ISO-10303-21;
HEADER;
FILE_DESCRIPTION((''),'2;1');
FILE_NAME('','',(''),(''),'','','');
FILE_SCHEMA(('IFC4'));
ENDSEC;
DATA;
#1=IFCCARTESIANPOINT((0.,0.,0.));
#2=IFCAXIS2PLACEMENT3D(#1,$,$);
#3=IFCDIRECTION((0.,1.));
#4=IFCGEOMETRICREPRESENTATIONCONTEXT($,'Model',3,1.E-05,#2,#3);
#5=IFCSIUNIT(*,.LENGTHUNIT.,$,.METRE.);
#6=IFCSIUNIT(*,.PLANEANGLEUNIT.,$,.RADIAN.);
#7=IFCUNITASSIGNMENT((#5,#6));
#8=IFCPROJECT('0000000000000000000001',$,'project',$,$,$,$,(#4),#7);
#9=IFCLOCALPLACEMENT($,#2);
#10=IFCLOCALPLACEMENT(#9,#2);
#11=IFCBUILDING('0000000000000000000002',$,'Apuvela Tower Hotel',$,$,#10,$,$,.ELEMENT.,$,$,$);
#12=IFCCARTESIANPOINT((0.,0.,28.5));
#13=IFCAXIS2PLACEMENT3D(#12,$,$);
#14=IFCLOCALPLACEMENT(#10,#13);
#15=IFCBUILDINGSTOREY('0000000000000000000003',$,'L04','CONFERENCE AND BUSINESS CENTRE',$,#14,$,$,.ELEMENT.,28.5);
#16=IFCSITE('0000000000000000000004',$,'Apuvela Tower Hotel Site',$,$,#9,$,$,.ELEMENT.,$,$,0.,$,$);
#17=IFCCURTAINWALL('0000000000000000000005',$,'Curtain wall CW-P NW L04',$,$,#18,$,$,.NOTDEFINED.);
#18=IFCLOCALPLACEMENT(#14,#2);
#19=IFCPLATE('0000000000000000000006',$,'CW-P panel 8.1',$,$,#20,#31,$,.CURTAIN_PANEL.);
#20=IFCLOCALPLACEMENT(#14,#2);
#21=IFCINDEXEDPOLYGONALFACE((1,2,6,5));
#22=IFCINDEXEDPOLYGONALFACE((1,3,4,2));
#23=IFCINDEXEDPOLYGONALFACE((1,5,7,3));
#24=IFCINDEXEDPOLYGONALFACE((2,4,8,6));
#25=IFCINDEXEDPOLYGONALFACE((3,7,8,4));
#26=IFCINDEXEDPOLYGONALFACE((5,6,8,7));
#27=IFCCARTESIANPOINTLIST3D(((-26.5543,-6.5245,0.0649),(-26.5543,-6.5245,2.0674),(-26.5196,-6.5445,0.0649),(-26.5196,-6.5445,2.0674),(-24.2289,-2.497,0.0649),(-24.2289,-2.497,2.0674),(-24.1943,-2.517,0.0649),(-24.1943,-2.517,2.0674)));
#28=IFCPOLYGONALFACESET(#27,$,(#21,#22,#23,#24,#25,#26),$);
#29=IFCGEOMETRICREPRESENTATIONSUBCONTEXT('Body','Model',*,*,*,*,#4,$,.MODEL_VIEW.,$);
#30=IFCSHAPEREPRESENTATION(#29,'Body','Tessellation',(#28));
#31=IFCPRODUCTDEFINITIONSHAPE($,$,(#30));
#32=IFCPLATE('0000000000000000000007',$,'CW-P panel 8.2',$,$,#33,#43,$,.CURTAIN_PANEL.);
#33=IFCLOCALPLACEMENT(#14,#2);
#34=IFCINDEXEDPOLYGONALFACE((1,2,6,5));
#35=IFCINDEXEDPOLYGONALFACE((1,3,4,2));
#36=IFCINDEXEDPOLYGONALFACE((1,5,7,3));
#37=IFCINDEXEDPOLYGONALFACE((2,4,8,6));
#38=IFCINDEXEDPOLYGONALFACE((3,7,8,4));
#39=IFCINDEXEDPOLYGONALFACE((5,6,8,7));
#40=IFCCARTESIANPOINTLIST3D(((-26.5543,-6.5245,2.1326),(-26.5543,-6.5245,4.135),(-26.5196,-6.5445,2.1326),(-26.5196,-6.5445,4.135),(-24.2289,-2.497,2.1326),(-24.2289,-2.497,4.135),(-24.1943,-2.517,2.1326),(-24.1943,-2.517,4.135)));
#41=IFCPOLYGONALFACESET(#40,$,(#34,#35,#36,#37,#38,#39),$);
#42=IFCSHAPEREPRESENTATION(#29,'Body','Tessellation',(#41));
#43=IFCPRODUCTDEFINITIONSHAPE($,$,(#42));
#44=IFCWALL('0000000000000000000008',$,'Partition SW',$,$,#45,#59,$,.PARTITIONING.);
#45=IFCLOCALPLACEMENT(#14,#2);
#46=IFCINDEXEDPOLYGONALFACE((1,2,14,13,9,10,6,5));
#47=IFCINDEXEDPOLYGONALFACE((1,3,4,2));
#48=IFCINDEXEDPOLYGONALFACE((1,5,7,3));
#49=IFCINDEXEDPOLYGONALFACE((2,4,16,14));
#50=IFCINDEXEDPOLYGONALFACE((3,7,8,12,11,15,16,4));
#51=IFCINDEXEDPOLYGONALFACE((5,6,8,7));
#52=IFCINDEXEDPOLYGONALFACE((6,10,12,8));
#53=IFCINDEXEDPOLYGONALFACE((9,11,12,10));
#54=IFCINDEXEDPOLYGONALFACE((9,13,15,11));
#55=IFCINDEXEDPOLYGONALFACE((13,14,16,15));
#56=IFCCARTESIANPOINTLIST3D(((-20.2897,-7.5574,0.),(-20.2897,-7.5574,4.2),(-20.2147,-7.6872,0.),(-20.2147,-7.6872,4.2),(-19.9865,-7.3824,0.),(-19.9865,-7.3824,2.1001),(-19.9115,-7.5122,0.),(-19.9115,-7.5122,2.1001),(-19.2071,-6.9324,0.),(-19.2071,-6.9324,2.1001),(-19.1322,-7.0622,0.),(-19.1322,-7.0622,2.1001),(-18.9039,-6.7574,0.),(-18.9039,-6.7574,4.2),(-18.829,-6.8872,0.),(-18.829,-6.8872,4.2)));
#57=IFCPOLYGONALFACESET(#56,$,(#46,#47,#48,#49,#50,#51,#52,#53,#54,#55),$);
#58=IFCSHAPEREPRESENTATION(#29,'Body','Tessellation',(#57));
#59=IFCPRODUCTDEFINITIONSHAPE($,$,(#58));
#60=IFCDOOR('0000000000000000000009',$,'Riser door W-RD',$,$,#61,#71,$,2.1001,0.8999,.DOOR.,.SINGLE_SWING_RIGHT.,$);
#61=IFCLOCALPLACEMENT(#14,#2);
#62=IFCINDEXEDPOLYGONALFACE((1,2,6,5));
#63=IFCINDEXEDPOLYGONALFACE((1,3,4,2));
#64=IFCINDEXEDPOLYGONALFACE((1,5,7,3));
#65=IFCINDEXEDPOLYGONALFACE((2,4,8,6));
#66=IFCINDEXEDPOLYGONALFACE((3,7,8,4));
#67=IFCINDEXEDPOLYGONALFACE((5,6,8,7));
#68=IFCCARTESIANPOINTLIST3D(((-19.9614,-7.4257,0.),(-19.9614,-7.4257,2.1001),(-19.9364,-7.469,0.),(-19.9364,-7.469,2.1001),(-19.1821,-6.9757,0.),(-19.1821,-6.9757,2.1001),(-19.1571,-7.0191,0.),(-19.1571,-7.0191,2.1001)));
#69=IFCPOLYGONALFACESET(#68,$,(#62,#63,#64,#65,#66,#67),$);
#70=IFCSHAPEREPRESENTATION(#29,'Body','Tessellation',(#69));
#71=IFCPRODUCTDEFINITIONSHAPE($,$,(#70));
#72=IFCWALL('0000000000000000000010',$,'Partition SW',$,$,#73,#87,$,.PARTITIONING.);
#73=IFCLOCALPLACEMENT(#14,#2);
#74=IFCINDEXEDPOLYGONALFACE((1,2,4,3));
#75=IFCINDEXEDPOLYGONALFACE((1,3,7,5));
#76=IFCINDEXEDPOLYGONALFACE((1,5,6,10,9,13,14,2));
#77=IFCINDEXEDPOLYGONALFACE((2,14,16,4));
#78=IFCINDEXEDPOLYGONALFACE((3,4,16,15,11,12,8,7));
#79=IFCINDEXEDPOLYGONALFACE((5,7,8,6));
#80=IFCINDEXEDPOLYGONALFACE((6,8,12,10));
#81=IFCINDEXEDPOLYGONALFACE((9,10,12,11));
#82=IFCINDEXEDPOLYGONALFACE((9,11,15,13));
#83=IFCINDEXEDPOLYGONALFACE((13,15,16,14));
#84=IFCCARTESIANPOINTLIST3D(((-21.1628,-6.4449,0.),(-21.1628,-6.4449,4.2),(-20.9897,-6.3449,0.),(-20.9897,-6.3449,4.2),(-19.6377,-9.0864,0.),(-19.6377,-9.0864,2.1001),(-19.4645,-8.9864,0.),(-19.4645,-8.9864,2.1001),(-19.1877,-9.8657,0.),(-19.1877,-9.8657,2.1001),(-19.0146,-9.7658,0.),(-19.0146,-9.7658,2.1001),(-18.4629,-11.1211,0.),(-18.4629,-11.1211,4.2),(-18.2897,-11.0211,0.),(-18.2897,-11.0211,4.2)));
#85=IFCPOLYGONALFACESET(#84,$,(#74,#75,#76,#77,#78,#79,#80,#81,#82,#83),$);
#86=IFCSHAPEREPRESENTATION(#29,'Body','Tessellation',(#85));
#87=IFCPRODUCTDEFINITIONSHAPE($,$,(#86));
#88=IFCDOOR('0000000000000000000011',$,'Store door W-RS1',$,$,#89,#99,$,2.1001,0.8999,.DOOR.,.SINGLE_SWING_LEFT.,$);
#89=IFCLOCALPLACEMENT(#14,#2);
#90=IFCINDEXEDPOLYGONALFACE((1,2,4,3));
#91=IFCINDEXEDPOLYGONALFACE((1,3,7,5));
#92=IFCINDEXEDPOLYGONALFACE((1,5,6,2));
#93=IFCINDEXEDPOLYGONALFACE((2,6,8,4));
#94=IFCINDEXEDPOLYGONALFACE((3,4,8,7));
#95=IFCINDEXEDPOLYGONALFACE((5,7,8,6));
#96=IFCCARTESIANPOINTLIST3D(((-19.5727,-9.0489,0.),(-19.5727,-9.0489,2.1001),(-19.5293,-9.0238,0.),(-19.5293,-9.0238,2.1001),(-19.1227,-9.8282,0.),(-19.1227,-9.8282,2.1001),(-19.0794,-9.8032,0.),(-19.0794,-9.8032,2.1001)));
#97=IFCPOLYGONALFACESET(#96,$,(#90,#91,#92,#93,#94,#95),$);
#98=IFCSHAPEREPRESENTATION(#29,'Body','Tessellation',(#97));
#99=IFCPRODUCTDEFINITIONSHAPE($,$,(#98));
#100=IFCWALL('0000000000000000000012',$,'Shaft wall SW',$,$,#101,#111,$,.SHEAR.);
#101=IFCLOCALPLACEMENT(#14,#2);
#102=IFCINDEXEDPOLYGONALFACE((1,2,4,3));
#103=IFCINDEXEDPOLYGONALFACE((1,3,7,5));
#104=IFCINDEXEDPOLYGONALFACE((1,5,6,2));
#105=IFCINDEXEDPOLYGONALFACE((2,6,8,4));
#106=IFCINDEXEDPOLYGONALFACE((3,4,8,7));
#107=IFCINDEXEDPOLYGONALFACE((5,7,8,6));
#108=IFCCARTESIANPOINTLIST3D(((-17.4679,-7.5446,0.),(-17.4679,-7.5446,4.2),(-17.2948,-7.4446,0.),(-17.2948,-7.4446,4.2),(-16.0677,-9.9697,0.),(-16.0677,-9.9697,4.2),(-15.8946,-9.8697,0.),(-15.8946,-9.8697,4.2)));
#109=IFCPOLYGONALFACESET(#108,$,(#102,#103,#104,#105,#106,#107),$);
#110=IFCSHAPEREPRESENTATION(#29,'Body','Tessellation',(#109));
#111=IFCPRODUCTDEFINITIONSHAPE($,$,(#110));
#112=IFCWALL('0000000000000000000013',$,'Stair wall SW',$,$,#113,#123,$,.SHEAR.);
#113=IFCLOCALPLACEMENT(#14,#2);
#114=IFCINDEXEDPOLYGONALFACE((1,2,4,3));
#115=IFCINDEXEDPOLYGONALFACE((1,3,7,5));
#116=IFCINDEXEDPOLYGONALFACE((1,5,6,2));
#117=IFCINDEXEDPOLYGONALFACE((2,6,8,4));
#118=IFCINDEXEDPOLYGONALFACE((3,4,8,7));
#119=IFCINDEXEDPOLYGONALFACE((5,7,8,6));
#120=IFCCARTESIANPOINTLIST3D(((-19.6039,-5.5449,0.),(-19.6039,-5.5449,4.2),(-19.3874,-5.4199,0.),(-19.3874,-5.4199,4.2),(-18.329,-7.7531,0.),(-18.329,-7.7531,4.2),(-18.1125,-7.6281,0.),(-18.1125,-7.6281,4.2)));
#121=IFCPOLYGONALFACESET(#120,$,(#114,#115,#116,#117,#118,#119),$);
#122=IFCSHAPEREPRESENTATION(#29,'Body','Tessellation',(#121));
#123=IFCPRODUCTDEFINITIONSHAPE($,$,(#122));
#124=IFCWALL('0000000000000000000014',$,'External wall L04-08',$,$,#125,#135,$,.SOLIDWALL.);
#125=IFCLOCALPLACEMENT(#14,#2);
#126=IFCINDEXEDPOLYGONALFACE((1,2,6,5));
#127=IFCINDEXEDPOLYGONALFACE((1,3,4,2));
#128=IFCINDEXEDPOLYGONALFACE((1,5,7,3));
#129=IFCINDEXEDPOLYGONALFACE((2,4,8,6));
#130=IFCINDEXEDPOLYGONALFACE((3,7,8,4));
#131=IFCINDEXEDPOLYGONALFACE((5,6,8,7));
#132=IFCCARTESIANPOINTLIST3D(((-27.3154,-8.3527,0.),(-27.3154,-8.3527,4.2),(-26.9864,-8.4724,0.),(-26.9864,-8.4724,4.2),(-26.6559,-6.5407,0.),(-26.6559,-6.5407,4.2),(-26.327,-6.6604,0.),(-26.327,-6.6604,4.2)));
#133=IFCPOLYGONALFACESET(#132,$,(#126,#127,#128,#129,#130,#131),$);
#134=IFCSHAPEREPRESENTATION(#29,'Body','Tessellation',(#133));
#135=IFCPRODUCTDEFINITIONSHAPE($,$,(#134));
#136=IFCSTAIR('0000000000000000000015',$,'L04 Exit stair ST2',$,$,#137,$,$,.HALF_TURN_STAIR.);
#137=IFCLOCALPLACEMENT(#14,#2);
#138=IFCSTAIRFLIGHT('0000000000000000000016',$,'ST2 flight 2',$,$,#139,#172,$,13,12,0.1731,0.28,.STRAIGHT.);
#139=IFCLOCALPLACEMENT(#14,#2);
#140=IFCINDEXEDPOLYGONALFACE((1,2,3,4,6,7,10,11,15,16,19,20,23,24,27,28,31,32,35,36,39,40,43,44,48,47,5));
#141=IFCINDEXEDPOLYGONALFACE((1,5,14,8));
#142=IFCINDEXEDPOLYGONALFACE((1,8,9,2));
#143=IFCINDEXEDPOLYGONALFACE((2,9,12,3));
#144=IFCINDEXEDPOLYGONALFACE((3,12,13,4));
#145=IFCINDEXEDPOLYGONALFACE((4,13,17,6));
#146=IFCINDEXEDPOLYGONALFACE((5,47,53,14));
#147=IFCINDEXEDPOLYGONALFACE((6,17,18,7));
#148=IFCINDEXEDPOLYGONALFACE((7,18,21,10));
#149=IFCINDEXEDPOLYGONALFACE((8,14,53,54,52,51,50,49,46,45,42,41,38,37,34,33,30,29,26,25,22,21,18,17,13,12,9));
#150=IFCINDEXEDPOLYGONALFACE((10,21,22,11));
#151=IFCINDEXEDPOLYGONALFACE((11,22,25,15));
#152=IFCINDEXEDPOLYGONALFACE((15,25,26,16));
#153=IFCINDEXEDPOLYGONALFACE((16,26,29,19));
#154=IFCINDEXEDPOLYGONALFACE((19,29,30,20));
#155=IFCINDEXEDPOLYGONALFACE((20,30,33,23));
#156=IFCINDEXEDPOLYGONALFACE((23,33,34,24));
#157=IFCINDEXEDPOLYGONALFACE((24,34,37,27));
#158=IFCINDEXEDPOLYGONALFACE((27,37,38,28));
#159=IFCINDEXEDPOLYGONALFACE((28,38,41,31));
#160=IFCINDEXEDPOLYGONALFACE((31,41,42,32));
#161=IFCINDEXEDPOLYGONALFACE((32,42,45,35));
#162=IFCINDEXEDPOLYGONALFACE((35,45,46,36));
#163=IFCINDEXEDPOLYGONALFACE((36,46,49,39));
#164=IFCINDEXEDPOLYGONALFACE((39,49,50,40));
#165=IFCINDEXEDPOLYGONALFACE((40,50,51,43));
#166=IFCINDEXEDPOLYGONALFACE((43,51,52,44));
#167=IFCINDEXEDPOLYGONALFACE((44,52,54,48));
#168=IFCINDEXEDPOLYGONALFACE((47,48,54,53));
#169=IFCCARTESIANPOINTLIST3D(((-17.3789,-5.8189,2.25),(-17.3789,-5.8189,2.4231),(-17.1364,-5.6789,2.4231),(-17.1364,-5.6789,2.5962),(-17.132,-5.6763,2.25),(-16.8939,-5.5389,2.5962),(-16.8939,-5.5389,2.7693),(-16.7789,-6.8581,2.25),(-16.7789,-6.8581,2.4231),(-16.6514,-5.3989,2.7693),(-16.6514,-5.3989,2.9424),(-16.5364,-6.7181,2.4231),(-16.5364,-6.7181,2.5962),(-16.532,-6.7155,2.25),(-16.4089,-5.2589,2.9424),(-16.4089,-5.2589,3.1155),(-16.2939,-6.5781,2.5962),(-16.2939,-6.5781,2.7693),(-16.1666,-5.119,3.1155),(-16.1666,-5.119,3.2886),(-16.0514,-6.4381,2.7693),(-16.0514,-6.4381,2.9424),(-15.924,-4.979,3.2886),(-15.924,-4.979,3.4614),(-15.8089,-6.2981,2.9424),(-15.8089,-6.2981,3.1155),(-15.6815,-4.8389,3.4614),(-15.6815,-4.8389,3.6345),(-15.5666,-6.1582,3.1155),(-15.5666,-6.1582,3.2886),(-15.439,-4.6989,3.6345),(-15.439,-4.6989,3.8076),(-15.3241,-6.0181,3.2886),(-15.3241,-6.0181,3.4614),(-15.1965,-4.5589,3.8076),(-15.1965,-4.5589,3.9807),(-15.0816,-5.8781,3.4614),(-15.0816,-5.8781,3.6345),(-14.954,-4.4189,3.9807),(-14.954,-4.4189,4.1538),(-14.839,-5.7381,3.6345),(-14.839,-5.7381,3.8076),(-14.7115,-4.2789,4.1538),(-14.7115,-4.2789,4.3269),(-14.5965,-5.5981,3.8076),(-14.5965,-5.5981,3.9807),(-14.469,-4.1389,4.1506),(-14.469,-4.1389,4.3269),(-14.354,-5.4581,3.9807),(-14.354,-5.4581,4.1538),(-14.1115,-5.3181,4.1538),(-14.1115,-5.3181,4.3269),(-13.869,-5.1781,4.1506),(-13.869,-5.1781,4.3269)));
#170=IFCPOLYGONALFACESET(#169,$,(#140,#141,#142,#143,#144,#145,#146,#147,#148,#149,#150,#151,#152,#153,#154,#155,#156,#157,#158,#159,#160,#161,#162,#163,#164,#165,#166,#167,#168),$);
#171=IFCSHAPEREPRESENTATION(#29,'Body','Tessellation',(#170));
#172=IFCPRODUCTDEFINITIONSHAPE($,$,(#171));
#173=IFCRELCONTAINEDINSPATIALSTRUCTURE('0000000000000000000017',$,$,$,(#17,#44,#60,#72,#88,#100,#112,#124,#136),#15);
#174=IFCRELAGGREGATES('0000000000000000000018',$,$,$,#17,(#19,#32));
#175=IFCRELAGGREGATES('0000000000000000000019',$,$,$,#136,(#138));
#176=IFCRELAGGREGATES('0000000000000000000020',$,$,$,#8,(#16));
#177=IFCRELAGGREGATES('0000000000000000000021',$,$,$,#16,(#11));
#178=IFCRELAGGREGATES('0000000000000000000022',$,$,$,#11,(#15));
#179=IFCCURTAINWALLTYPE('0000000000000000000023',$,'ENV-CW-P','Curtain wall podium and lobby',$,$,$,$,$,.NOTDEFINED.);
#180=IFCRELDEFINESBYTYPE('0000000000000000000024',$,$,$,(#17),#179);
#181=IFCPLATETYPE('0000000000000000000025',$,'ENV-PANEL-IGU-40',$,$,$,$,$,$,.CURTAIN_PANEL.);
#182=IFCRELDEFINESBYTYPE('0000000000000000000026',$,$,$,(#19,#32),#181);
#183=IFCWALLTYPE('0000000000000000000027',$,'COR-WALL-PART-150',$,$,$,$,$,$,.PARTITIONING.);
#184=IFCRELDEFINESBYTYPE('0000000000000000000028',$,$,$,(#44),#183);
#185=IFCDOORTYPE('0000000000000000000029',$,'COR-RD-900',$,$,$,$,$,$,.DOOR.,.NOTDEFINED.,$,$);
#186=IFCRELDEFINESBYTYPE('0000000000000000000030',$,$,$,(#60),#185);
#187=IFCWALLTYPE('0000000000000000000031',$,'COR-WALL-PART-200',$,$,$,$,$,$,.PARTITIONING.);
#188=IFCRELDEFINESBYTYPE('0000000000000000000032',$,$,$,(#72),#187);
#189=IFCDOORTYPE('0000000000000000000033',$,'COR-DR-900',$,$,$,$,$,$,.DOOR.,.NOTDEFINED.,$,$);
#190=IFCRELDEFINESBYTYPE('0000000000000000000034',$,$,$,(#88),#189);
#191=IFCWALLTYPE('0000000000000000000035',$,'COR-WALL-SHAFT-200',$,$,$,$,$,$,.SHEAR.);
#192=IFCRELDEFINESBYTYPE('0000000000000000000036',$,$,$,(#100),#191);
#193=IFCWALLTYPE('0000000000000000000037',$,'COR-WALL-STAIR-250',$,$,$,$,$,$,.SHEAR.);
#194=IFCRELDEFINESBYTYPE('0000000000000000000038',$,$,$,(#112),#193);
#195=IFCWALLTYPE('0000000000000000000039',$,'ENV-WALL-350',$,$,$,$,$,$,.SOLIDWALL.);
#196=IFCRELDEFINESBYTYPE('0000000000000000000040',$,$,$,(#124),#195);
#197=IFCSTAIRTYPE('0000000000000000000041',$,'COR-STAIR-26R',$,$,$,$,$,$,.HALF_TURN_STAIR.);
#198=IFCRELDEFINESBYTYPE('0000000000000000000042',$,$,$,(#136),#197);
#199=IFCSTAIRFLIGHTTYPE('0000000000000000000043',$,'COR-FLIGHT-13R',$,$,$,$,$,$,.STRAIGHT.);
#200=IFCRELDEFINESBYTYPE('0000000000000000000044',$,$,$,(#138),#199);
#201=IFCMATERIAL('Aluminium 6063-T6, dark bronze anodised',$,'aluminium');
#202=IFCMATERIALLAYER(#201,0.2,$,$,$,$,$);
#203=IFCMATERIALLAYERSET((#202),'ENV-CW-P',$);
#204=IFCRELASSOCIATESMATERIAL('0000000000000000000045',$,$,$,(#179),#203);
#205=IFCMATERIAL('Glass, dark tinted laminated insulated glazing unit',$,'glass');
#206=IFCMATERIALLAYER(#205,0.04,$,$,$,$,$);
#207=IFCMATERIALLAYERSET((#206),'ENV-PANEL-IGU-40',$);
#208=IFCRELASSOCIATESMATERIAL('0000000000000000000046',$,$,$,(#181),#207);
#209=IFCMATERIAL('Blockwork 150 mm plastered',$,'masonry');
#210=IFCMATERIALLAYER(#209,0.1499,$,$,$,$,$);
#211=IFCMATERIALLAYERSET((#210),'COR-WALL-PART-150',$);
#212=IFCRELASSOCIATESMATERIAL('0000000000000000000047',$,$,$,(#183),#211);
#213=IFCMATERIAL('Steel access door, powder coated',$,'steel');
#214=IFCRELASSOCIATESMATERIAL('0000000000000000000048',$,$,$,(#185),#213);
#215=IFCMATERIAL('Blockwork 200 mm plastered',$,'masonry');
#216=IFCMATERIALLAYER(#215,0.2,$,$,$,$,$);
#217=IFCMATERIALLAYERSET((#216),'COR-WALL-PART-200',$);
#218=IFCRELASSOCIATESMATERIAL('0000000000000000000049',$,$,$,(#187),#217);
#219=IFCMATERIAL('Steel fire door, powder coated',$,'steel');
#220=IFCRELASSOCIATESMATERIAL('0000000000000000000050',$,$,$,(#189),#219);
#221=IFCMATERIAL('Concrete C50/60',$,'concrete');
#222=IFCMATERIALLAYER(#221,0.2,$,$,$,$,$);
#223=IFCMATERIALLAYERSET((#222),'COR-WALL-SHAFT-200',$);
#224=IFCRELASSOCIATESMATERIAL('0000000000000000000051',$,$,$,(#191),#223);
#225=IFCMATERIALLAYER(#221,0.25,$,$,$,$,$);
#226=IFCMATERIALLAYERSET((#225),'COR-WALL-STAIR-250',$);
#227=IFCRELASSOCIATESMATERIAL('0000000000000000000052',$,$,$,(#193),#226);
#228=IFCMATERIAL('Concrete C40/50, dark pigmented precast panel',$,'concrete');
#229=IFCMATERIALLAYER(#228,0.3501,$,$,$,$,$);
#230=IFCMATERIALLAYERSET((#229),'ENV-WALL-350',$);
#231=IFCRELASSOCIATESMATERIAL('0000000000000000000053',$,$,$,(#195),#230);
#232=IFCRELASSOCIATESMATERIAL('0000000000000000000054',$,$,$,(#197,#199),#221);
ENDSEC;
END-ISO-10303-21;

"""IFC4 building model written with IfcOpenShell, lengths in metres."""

from ifc_helpers import new_model, si_unit, direction, frame, frame_2d, origin, origin_2d, place, context, subcontext, project, spatial, polyline, rectangle, outline, extrude, material, layer, layer_set, type_object, element, fill, aggregate, save


model = new_model("IFC4")

# Units and contexts
model_context = context("Model", 3, precision=1e-05, world=origin(), true_north=direction((0.0, 1.0)))
body_context = subcontext(model_context, "Body", "Model", "MODEL_VIEW")
ifc_project = project(units=[si_unit("LENGTHUNIT", "METRE"), si_unit("PLANEANGLEUNIT", "RADIAN")], contexts=[model_context])

# Site, building, storey
site_placement = place(None, origin())
site = spatial("IfcSite", under=ifc_project, at=site_placement, Name="Apuvela Tower Hotel Site", CompositionType="ELEMENT", RefElevation=0.0)
building_placement = place(site_placement, origin())
building = spatial("IfcBuilding", under=site, at=building_placement, Name="Apuvela Tower Hotel", CompositionType="ELEMENT")
storey_placement = place(building_placement, frame((0.0, 0.0, 28.5)))
storey = spatial("IfcBuildingStorey", under=building, at=storey_placement, Name="L04", Description="CONFERENCE AND BUSINESS CENTRE", CompositionType="ELEMENT", Elevation=28.5)

# Curtain wall
ifc_material_1 = material(Name="Aluminium 6063-T6, dark bronze anodised", Category="aluminium")
ifc_layer_1 = layer(ifc_material_1, 0.2)
ifc_layer_set_1 = layer_set([ifc_layer_1], Name="ENV-CW-P")
curtain_wall_type = type_object("IfcCurtainWallType", Name="ENV-CW-P", Description="Curtain wall podium and lobby", PredefinedType="NOTDEFINED", material=ifc_layer_set_1)
curtain_wall_placement = place(storey_placement, origin())
curtain_wall = element("IfcCurtainWall", 1, at=curtain_wall_placement, inside=storey, type_object=curtain_wall_type, Name="Curtain wall CW-P NW L04", PredefinedType="NOTDEFINED")

# Plates
ifc_material_2 = material(Name="Glass, dark tinted laminated insulated glazing unit", Category="glass")
ifc_layer_2 = layer(ifc_material_2, 0.04)
ifc_layer_set_2 = layer_set([ifc_layer_2], Name="ENV-PANEL-IGU-40")
plate_type = type_object("IfcPlateType", Name="ENV-PANEL-IGU-40", PredefinedType="CURTAIN_PANEL", material=ifc_layer_set_2)
plate_1_placement = place(storey_placement, frame((-25.3743, -4.5208, 0.0649), z_axis=(0.0, 0.0, 1.0), x_axis=(-0.500002, -0.866024, 0.0)))
plate_1 = element("IfcPlate", 2, at=plate_1_placement, type_object=plate_type, Name="CW-P panel 8.1", PredefinedType="CURTAIN_PANEL", context=body_context, shape_type="SweptSolid", body=[
    extrude(rectangle(XDim=4.6506, YDim=0.04, at=origin_2d()), origin(), (0.0, 0.0, 1.0), 2.0024),
])
plate_2_placement = place(storey_placement, frame((-25.3743, -4.5208, 2.1326), z_axis=(0.0, 0.0, 1.0), x_axis=(-0.500002, -0.866024, 0.0)))
plate_2 = element("IfcPlate", 3, at=plate_2_placement, type_object=plate_type, Name="CW-P panel 8.2", PredefinedType="CURTAIN_PANEL", context=body_context, shape_type="SweptSolid", body=[
    extrude(rectangle(XDim=4.6506, YDim=0.04, at=origin_2d()), origin(), (0.0, 0.0, 1.0), 2.0024),
])
aggregate(curtain_wall, [plate_1, plate_2])

# Walls, openings, doors
ifc_material_3 = material(Name="Blockwork 150 mm plastered", Category="masonry")
ifc_layer_3 = layer(ifc_material_3, 0.1499)
ifc_layer_set_3 = layer_set([ifc_layer_3], Name="COR-WALL-PART-150")
wall_type_1 = type_object("IfcWallType", Name="COR-WALL-PART-150", PredefinedType="PARTITIONING", material=ifc_layer_set_3)
wall_1_placement = place(storey_placement, frame((-18.8665, -6.8223, 0.0), z_axis=(0.0, 0.0, 1.0), x_axis=(-0.866028, -0.499995, 0.0)))
wall_1 = element("IfcWall", 4, at=wall_1_placement, inside=storey, type_object=wall_type_1, Name="Partition SW", PredefinedType="PARTITIONING", context=body_context, shape_type="SweptSolid", body=[
    extrude(rectangle(XDim=1.6001, YDim=0.1499, at=frame_2d((0.8, 0.0))), origin(), (0.0, 0.0, 1.0), 4.2),
])
opening_1_placement = place(wall_1_placement, frame((0.3501, 0.0, 0.0)))
opening_1 = element("IfcOpeningElement", 5, at=opening_1_placement, cuts=wall_1, PredefinedType="OPENING", context=body_context, shape_type="SweptSolid", body=[
    extrude(rectangle(XDim=0.8999, YDim=2.1001, at=frame_2d((0.45, 1.05))), frame((0.0, 0.085, 0.0), z_axis=(0.0, -1.0, 0.0), x_axis=(1.0, 0.0, 0.0)), (0.0, 0.0, 1.0), 0.1699),
])
ifc_material_4 = material(Name="Steel access door, powder coated", Category="steel")
door_type_1 = type_object("IfcDoorType", Name="COR-RD-900", OperationType="NOTDEFINED", PredefinedType="DOOR", material=ifc_material_4)
door_1_placement = place(opening_1_placement, frame((0.8999, 0.0, 0.0), z_axis=(0.0, 0.0, 1.0), x_axis=(-1.0, 0.0, 0.0)))
door_1 = element("IfcDoor", 6, at=door_1_placement, inside=storey, type_object=door_type_1, Name="Riser door W-RD", OperationType="SINGLE_SWING_RIGHT", OverallHeight=2.1001, OverallWidth=0.8999, PredefinedType="DOOR", context=body_context, shape_type="SweptSolid", body=[
    extrude(rectangle(XDim=0.8999, YDim=2.1001, at=frame_2d((0.45, 1.05))), frame((0.0, 0.0249, 0.0), z_axis=(0.0, -1.0, 0.0), x_axis=(1.0, 0.0, 0.0)), (0.0, 0.0, 1.0), 0.05),
])
fill(opening_1, door_1)
ifc_material_5 = material(Name="Blockwork 200 mm plastered", Category="masonry")
ifc_layer_4 = layer(ifc_material_5, 0.2)
ifc_layer_set_4 = layer_set([ifc_layer_4], Name="COR-WALL-PART-200")
wall_type_2 = type_object("IfcWallType", Name="COR-WALL-PART-200", PredefinedType="PARTITIONING", material=ifc_layer_set_4)
wall_2_placement = place(storey_placement, frame((-21.0762, -6.395, 0.0), z_axis=(0.0, 0.0, 1.0), x_axis=(0.500015, -0.866017, 0.0)))
wall_2 = element("IfcWall", 7, at=wall_2_placement, inside=storey, type_object=wall_type_2, Name="Partition SW", PredefinedType="PARTITIONING", context=body_context, shape_type="SweptSolid", body=[
    extrude(rectangle(XDim=5.3997, YDim=0.2, at=frame_2d((2.6997, 0.0))), origin(), (0.0, 0.0, 1.0), 4.2),
])
opening_2_placement = place(wall_2_placement, frame((3.05, 0.0, 0.0)))
opening_2 = element("IfcOpeningElement", 8, at=opening_2_placement, cuts=wall_2, PredefinedType="OPENING", context=body_context, shape_type="SweptSolid", body=[
    extrude(rectangle(XDim=0.8999, YDim=2.1001, at=frame_2d((0.45, 1.05))), frame((0.0, 0.1099, 0.0), z_axis=(0.0, -1.0, 0.0), x_axis=(1.0, 0.0, 0.0)), (0.0, 0.0, 1.0), 0.22),
])
ifc_material_6 = material(Name="Steel fire door, powder coated", Category="steel")
door_type_2 = type_object("IfcDoorType", Name="COR-DR-900", OperationType="NOTDEFINED", PredefinedType="DOOR", material=ifc_material_6)
door_2_placement = place(opening_2_placement, frame((0.8999, 0.0, 0.0), z_axis=(0.0, 0.0, 1.0), x_axis=(-1.0, 0.0, 0.0)))
door_2 = element("IfcDoor", 9, at=door_2_placement, inside=storey, type_object=door_type_2, Name="Store door W-RS1", OperationType="SINGLE_SWING_LEFT", OverallHeight=2.1001, OverallWidth=0.8999, PredefinedType="DOOR", context=body_context, shape_type="SweptSolid", body=[
    extrude(rectangle(XDim=0.8999, YDim=2.1001, at=frame_2d((0.45, 1.05))), frame((0.0, 0.0249, 0.0), z_axis=(0.0, -1.0, 0.0), x_axis=(1.0, 0.0, 0.0)), (0.0, 0.0, 1.0), 0.05),
])
fill(opening_2, door_2)

# Walls
ifc_material_7 = material(Name="Concrete C50/60", Category="concrete")
ifc_layer_5 = layer(ifc_material_7, 0.2)
ifc_layer_set_5 = layer_set([ifc_layer_5], Name="COR-WALL-SHAFT-200")
wall_type_3 = type_object("IfcWallType", Name="COR-WALL-SHAFT-200", PredefinedType="SHEAR", material=ifc_layer_set_5)
wall_3_placement = place(storey_placement, frame((-17.3813, -7.4946, 0.0), z_axis=(0.0, 0.0, 1.0), x_axis=(0.500012, -0.866019, 0.0)))
element("IfcWall", 10, at=wall_3_placement, inside=storey, type_object=wall_type_3, Name="Shaft wall SW", PredefinedType="SHEAR", context=body_context, shape_type="SweptSolid", body=[
    extrude(rectangle(XDim=2.8003, YDim=0.2, at=frame_2d((1.4001, 0.0))), origin(), (0.0, 0.0, 1.0), 4.2),
])
ifc_layer_6 = layer(ifc_material_7, 0.25)
ifc_layer_set_6 = layer_set([ifc_layer_6], Name="COR-WALL-STAIR-250")
wall_type_4 = type_object("IfcWallType", Name="COR-WALL-STAIR-250", PredefinedType="SHEAR", material=ifc_layer_set_6)
wall_4_placement = place(storey_placement, frame((-19.4956, -5.4824, 0.0), z_axis=(0.0, 0.0, 1.0), x_axis=(0.49999, -0.866031, 0.0)))
element("IfcWall", 11, at=wall_4_placement, inside=storey, type_object=wall_type_4, Name="Stair wall SW", PredefinedType="SHEAR", context=body_context, shape_type="SweptSolid", body=[
    extrude(rectangle(XDim=2.5498, YDim=0.25, at=frame_2d((1.2749, 0.0))), origin(), (0.0, 0.0, 1.0), 4.2),
])
ifc_material_8 = material(Name="Concrete C40/50, dark pigmented precast panel", Category="concrete")
ifc_layer_7 = layer(ifc_material_8, 0.3501)
ifc_layer_set_7 = layer_set([ifc_layer_7], Name="ENV-WALL-350")
wall_type_5 = type_object("IfcWallType", Name="ENV-WALL-350", PredefinedType="SOLIDWALL", material=ifc_layer_set_7)
wall_5_placement = place(storey_placement, frame((-26.4915, -6.6006, 0.0), z_axis=(0.0, 0.0, 1.0), x_axis=(-0.341977, -0.939708, 0.0)))
element("IfcWall", 12, at=wall_5_placement, inside=storey, type_object=wall_type_5, Name="External wall L04-08", PredefinedType="SOLIDWALL", context=body_context, shape_type="SweptSolid", body=[
    extrude(rectangle(XDim=1.9282, YDim=0.3501, at=frame_2d((0.9641, 0.0))), origin(), (0.0, 0.0, 1.0), 4.2),
])

# Stair, stair flight
stair_type = type_object("IfcStairType", Name="COR-STAIR-26R", PredefinedType="HALF_TURN_STAIR", material=ifc_material_7)
stair_placement = place(storey_placement, origin())
stair = element("IfcStair", 13, at=stair_placement, inside=storey, type_object=stair_type, Name="L04 Exit stair ST2", PredefinedType="HALF_TURN_STAIR")
stair_flight_type = type_object("IfcStairFlightType", Name="COR-FLIGHT-13R", PredefinedType="STRAIGHT", material=ifc_material_7)
stair_flight_placement = place(storey_placement, frame((-17.0789, -6.3386, 2.25), z_axis=(0.0, 0.0, 1.0), x_axis=(0.866025, 0.5, 0.0)))
stair_flight = element("IfcStairFlight", 14, at=stair_flight_placement, type_object=stair_flight_type, Name="ST2 flight 2", NumberOfRisers=13, NumberOfTreads=12, PredefinedType="STRAIGHT", RiserHeight=0.1731, TreadLength=0.28, context=body_context, shape_type="SweptSolid", body=[
    extrude(outline(polyline([(0.0, 0.0), (0.0, 0.1731), (0.28, 0.1731), (0.28, 0.3462), (0.5601, 0.3462), (0.5601, 0.5193), (0.8401, 0.5193), (0.8401, 0.6924), (1.1201, 0.6924), (1.1201, 0.8655), (1.3999, 0.8655), (1.3999, 1.0386), (1.6799, 1.0386), (1.6799, 1.2114), (1.96, 1.2114), (1.96, 1.3845), (2.24, 1.3845), (2.24, 1.5576), (2.52, 1.5576), (2.52, 1.7307), (2.8, 1.7307), (2.8, 1.9038), (3.0801, 1.9038), (3.0801, 2.0769), (3.3601, 2.0769), (3.3601, 2.25), (3.3601, 1.9006), (0.2852, 0.0), (0.0, 0.0)])), frame((0.0, 0.6001, 0.0), z_axis=(0.0, -1.0, 0.0), x_axis=(1.0, 0.0, 0.0)), (0.0, 0.0, 1.0), 1.2),
])
aggregate(stair, [stair_flight])

save(model, "model.ifc")
